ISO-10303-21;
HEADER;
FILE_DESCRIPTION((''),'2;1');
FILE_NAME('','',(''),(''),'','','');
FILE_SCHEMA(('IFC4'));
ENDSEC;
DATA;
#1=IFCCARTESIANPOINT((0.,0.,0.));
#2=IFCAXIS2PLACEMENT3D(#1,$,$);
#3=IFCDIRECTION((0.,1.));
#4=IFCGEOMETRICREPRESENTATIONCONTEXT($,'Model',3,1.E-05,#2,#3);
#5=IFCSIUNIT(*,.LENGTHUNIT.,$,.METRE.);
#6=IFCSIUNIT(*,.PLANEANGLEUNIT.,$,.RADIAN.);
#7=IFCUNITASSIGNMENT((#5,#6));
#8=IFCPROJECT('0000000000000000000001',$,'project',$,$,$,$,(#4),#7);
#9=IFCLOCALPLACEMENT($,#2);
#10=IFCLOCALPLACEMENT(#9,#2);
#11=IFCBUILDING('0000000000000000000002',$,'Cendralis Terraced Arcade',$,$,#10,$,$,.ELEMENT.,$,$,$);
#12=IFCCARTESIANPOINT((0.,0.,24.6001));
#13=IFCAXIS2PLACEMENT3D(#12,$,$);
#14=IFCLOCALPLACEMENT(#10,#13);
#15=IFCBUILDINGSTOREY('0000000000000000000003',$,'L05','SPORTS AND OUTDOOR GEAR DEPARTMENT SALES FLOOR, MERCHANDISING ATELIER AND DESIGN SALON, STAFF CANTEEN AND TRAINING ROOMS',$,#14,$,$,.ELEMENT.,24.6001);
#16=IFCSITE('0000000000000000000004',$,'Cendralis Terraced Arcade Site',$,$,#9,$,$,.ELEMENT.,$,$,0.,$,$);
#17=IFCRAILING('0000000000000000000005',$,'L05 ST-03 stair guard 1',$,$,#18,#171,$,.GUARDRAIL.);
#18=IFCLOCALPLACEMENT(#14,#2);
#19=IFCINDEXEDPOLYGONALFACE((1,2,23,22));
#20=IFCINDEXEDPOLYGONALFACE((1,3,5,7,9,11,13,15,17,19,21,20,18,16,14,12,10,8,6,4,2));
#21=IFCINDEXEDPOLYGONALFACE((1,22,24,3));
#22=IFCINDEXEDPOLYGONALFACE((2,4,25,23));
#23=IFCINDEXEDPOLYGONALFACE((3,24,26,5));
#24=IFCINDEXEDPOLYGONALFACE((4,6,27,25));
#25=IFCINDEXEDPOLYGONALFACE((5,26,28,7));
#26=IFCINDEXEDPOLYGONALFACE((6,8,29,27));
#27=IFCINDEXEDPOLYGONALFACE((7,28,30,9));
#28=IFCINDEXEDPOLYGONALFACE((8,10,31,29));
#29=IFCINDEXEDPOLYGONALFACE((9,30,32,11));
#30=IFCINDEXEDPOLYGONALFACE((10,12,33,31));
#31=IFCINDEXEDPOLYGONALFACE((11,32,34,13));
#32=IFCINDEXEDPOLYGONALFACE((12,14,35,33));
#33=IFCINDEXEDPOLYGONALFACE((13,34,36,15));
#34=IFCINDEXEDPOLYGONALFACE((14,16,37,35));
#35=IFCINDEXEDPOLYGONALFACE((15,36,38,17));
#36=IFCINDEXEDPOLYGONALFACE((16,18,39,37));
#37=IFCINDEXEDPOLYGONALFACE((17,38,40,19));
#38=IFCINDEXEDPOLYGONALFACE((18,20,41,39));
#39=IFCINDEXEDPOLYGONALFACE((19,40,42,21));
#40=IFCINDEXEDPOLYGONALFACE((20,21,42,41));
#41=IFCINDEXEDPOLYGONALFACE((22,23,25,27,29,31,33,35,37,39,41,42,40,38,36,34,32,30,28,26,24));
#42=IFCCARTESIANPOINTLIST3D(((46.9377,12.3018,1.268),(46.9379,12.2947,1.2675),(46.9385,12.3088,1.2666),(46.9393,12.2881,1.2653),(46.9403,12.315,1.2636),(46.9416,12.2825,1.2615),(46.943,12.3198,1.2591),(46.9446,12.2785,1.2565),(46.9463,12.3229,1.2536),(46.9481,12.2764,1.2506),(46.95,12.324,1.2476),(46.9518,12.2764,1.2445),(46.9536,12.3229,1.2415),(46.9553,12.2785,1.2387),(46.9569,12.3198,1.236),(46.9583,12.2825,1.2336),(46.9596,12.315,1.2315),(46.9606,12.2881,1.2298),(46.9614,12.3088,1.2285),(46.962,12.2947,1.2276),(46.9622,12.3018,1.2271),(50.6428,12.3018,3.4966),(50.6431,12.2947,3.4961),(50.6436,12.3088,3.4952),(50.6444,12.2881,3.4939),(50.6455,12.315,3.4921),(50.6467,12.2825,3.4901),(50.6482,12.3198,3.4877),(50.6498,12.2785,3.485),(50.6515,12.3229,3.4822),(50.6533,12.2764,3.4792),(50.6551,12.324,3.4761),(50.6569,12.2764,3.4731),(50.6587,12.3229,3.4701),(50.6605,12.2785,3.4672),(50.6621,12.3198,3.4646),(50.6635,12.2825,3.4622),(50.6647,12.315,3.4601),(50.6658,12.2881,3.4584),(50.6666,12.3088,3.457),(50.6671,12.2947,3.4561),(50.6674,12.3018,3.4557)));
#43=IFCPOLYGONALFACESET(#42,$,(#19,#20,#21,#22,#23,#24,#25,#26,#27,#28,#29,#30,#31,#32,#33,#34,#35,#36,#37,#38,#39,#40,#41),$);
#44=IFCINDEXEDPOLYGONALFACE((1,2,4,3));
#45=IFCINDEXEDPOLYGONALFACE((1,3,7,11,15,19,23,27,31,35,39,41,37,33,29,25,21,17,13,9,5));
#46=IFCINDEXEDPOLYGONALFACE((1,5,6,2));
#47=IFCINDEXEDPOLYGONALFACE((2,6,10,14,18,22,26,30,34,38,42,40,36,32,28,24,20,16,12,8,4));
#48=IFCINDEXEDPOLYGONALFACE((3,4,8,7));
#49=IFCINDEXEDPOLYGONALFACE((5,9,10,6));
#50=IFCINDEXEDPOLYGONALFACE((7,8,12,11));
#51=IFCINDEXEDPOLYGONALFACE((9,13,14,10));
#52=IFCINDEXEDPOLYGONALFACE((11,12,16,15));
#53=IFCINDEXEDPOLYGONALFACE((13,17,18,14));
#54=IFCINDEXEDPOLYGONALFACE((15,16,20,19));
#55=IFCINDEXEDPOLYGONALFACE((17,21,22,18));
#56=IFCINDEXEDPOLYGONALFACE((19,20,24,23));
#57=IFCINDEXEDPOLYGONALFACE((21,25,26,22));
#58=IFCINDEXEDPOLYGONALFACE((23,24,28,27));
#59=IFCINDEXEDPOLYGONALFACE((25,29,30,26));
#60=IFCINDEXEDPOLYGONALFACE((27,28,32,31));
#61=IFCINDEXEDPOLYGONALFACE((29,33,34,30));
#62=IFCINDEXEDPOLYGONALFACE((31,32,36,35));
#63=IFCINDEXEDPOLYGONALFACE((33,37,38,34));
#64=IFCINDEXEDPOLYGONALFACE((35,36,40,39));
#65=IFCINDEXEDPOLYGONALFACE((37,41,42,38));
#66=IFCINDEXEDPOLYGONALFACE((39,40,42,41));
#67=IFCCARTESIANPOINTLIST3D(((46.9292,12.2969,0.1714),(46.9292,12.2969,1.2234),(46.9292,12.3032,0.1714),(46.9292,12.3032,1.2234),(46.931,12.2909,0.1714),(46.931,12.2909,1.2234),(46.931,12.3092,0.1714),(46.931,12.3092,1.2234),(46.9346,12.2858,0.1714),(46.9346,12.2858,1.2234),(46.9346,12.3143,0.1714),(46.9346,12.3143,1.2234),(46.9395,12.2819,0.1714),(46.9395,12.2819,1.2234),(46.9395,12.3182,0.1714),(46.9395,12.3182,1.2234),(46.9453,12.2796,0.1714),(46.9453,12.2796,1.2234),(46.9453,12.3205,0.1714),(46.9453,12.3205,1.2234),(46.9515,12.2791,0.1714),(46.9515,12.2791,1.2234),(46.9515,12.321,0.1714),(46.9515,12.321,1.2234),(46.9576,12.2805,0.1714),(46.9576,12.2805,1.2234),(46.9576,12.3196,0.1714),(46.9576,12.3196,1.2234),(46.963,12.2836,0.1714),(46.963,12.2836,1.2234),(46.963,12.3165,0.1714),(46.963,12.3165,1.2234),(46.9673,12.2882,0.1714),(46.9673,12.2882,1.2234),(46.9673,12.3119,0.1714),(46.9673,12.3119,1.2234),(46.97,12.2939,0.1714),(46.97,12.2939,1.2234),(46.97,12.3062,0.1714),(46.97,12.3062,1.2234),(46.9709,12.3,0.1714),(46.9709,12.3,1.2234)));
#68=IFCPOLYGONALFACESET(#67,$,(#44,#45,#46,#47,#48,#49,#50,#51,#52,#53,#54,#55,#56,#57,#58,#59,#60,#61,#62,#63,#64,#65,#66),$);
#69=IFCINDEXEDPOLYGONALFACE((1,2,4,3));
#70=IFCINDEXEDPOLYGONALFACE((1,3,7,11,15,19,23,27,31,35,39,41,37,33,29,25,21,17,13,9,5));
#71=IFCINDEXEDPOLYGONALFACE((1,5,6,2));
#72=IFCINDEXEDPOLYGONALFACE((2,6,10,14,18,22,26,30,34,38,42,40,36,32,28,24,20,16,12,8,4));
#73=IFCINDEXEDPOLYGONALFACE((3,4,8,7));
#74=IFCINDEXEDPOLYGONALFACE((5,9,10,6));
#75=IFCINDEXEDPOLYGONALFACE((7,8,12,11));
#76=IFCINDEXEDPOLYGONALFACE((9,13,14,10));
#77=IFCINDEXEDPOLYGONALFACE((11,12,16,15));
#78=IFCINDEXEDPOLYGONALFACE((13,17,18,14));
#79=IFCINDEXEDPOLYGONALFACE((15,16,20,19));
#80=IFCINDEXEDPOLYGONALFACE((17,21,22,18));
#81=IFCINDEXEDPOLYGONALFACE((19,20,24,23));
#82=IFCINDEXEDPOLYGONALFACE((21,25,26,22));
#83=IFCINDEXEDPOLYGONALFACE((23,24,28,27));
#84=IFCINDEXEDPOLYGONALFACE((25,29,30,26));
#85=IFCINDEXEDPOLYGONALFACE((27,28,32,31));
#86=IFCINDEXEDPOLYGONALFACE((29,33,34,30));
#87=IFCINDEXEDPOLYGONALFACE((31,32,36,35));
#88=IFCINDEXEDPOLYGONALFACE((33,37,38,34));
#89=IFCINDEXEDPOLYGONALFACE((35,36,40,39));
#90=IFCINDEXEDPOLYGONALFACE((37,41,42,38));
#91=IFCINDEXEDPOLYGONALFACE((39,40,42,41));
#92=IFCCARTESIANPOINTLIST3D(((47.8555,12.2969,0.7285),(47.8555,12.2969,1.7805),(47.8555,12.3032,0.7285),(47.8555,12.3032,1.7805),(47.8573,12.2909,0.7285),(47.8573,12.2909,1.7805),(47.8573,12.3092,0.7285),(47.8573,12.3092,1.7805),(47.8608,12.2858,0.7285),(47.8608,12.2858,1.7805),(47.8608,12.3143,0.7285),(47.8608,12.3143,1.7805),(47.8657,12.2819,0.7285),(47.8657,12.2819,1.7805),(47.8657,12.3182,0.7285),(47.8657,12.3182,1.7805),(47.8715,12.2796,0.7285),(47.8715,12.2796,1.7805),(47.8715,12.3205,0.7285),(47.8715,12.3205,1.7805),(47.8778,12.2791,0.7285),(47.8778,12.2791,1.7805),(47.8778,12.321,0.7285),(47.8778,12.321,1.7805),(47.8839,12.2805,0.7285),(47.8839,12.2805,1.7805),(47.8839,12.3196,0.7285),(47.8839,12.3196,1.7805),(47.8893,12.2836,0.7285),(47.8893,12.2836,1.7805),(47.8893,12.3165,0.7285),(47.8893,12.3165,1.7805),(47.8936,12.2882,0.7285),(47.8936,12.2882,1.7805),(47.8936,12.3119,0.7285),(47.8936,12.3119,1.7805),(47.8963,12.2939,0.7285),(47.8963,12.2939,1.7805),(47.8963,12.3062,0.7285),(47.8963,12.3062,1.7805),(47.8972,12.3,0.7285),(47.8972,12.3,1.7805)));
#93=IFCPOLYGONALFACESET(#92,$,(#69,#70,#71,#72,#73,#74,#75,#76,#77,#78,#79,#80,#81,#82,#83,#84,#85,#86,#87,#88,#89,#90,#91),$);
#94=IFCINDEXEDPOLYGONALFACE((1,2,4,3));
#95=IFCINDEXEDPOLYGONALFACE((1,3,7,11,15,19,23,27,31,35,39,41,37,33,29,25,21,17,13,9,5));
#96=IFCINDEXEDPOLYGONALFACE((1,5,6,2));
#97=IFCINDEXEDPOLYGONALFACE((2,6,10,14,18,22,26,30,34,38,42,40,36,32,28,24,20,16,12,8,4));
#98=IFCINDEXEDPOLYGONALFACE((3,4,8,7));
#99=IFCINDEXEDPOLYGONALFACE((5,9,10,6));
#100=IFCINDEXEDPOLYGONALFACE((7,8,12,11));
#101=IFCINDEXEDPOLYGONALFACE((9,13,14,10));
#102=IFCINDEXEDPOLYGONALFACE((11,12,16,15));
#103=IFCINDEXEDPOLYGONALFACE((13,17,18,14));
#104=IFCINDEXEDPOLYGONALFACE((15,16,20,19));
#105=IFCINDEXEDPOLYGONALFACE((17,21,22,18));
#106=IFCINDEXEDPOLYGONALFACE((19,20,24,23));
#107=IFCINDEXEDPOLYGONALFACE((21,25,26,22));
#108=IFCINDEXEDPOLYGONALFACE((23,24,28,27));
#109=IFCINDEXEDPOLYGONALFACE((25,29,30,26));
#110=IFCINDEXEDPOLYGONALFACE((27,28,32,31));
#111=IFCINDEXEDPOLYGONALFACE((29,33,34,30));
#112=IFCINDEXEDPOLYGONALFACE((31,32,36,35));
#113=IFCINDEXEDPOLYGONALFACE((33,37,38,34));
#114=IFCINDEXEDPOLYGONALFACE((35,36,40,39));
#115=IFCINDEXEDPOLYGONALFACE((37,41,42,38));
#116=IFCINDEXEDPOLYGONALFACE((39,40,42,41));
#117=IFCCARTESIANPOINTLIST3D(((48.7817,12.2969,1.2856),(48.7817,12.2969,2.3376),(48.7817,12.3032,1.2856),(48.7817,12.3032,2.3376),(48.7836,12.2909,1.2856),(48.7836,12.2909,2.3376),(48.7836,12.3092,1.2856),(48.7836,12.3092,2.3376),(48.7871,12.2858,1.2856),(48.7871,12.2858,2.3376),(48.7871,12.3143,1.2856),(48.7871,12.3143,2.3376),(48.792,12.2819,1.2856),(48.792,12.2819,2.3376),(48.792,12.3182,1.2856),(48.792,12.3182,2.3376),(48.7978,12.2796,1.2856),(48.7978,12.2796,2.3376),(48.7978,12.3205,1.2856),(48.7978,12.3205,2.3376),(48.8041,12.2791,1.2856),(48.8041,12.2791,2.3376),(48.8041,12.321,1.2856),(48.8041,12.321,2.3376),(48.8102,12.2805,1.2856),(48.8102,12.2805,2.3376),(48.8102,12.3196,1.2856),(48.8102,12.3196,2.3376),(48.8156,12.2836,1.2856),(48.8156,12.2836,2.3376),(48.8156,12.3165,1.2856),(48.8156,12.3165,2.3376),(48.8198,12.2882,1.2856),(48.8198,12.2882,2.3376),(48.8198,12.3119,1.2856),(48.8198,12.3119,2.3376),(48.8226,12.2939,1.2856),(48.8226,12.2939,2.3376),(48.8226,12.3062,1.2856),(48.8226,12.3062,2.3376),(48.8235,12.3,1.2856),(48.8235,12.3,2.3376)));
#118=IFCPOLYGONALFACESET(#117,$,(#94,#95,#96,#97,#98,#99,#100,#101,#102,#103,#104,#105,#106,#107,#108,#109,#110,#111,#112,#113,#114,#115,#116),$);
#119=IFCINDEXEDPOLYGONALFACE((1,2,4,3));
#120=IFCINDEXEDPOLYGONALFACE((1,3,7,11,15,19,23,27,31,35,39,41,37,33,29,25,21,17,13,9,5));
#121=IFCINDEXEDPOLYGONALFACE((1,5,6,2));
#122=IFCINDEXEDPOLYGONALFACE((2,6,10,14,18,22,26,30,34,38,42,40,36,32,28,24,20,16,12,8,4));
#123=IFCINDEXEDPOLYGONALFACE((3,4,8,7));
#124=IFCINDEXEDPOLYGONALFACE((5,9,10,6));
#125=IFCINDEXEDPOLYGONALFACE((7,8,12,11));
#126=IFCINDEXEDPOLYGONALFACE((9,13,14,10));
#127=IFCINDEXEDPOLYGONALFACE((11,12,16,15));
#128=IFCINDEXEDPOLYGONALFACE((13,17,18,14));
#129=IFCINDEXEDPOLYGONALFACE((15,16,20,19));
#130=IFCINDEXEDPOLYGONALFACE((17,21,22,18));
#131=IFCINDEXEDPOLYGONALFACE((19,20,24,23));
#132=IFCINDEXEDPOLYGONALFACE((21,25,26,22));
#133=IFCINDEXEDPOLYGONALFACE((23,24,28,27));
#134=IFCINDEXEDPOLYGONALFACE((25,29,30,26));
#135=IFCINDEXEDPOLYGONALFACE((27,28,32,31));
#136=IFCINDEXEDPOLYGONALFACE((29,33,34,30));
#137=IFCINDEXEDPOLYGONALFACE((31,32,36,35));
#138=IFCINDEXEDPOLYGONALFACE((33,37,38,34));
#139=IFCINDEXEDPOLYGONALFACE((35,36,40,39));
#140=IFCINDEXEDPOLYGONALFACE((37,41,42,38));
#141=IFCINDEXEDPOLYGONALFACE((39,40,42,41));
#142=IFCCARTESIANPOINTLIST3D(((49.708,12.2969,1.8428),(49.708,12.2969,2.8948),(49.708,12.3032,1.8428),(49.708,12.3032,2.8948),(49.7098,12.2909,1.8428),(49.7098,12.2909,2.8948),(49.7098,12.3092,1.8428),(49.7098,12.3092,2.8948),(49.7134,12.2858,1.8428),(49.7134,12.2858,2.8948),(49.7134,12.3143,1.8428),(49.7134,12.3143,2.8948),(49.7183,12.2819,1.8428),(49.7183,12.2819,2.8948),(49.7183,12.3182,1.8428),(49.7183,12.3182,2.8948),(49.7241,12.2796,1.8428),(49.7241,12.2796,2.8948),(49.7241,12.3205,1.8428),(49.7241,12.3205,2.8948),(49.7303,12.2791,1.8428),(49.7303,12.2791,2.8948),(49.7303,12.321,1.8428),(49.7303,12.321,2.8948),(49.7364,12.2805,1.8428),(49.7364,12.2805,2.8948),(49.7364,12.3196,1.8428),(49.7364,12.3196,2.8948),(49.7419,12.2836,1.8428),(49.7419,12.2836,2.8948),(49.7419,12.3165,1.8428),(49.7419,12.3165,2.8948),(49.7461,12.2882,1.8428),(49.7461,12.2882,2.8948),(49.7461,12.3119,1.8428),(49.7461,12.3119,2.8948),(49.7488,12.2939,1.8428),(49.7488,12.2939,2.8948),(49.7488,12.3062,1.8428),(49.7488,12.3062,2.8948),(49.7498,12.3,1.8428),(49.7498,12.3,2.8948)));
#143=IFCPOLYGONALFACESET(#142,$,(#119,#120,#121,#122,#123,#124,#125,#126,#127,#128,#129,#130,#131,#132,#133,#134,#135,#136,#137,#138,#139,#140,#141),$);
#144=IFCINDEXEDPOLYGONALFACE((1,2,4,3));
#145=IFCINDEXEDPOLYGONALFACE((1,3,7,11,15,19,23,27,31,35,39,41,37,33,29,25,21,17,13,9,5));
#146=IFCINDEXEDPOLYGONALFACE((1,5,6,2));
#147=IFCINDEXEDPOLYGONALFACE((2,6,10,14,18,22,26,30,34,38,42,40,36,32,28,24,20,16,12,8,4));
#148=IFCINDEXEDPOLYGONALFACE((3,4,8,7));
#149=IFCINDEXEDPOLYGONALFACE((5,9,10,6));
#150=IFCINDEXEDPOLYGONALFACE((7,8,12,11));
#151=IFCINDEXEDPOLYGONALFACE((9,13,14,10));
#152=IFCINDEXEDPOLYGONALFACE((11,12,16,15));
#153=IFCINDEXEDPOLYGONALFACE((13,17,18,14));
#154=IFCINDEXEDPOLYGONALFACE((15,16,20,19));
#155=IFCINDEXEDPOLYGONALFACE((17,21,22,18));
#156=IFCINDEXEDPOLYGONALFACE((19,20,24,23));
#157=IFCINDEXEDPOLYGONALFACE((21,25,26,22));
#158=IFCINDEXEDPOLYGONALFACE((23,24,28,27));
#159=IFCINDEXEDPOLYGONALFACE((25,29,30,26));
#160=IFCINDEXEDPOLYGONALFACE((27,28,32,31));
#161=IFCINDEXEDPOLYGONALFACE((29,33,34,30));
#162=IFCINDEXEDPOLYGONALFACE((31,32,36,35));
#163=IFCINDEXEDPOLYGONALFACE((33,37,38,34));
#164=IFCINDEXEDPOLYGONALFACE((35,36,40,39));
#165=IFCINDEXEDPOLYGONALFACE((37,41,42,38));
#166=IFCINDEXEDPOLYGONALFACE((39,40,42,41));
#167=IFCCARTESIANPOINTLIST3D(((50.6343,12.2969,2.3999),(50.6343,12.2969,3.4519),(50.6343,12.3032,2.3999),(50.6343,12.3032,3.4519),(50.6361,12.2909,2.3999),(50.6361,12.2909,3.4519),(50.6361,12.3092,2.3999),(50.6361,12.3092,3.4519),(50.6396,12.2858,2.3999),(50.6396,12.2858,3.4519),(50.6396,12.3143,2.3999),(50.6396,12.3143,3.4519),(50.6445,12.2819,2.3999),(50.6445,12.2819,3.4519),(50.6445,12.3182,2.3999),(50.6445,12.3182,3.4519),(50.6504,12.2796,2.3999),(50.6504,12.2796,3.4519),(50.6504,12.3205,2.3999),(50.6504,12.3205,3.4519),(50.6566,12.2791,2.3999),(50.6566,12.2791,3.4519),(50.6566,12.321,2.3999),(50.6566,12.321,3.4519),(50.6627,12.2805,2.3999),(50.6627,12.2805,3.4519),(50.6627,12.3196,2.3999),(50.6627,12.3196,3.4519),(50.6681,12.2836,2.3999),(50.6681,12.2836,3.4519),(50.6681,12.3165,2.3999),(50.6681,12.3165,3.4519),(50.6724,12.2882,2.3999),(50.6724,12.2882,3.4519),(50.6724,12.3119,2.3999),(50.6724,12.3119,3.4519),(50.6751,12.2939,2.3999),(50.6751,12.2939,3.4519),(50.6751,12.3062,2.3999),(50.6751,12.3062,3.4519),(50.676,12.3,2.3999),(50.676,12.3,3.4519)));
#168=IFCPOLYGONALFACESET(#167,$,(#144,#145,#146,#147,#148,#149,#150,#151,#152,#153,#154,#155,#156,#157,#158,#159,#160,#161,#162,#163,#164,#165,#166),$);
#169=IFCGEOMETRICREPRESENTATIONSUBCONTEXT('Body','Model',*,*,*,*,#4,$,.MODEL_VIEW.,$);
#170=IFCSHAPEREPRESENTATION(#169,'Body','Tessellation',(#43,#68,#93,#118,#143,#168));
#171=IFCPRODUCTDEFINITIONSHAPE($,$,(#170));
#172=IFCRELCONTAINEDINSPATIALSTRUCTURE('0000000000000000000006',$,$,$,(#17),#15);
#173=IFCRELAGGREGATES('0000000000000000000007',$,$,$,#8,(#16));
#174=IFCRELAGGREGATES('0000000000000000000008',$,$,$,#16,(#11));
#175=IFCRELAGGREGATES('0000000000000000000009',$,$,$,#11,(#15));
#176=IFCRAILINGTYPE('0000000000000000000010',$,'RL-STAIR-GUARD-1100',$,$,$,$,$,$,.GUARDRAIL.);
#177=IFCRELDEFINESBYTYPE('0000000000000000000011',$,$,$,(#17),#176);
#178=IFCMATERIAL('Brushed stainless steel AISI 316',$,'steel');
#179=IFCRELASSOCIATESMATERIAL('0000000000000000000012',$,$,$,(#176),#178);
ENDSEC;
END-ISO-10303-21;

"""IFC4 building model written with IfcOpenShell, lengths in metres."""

from ifc_helpers import new_model, si_unit, direction, frame, origin, origin_2d, place, context, subcontext, project, spatial, circle, extrude, material, type_object, element, save


model = new_model("IFC4")

# Units and contexts
model_context = context("Model", 3, precision=1e-05, world=origin(), true_north=direction((0.0, 1.0)))
body_context = subcontext(model_context, "Body", "Model", "MODEL_VIEW")
ifc_project = project(units=[si_unit("LENGTHUNIT", "METRE"), si_unit("PLANEANGLEUNIT", "RADIAN")], contexts=[model_context])

# Site, building, storey
site_placement = place(None, origin())
site = spatial("IfcSite", under=ifc_project, at=site_placement, Name="Cendralis Terraced Arcade Site", CompositionType="ELEMENT", RefElevation=0.0)
building_placement = place(site_placement, origin())
building = spatial("IfcBuilding", under=site, at=building_placement, Name="Cendralis Terraced Arcade", CompositionType="ELEMENT")
storey_placement = place(building_placement, frame((0.0, 0.0, 24.6001)))
storey = spatial("IfcBuildingStorey", under=building, at=storey_placement, Name="L05", Description="SPORTS AND OUTDOOR GEAR DEPARTMENT SALES FLOOR, MERCHANDISING ATELIER AND DESIGN SALON, STAFF CANTEEN AND TRAINING ROOMS", CompositionType="ELEMENT", Elevation=24.6001)

# Railing
ifc_material_1 = material(Name="Brushed stainless steel AISI 316", Category="steel")
railing_type_1 = type_object("IfcRailingType", Name="RL-STAIR-GUARD-1100", PredefinedType="GUARDRAIL", material=ifc_material_1)
railing_1_placement = place(storey_placement, frame((46.95, 12.3, 0.1714)))
element("IfcRailing", 1, at=railing_1_placement, inside=storey, type_object=railing_type_1, Name="L05 ST-03 stair guard 1", PredefinedType="GUARDRAIL", context=body_context, shape_type="SweptSolid", body=[
    extrude(circle(Radius=0.0239, at=origin_2d()), frame((0.0, 0.0, 1.0762), z_axis=(0.856934, 0.0, 0.515425), x_axis=(0.0, 1.0, 0.0)), (0.0, 0.0, 1.0), 4.3237),
    extrude(circle(Radius=0.021, at=origin_2d()), origin(), (0.0, 0.0, 1.0), 1.052),
    extrude(circle(Radius=0.021, at=origin_2d()), frame((0.9263, 0.0, 0.5571)), (0.0, 0.0, 1.0), 1.052),
    extrude(circle(Radius=0.021, at=origin_2d()), frame((1.8525, 0.0, 1.1143)), (0.0, 0.0, 1.0), 1.052),
    extrude(circle(Radius=0.021, at=origin_2d()), frame((2.7788, 0.0, 1.6714)), (0.0, 0.0, 1.0), 1.052),
    extrude(circle(Radius=0.021, at=origin_2d()), frame((3.7051, 0.0, 2.2285)), (0.0, 0.0, 1.0), 1.052),
])

save(model, "model.ifc")
